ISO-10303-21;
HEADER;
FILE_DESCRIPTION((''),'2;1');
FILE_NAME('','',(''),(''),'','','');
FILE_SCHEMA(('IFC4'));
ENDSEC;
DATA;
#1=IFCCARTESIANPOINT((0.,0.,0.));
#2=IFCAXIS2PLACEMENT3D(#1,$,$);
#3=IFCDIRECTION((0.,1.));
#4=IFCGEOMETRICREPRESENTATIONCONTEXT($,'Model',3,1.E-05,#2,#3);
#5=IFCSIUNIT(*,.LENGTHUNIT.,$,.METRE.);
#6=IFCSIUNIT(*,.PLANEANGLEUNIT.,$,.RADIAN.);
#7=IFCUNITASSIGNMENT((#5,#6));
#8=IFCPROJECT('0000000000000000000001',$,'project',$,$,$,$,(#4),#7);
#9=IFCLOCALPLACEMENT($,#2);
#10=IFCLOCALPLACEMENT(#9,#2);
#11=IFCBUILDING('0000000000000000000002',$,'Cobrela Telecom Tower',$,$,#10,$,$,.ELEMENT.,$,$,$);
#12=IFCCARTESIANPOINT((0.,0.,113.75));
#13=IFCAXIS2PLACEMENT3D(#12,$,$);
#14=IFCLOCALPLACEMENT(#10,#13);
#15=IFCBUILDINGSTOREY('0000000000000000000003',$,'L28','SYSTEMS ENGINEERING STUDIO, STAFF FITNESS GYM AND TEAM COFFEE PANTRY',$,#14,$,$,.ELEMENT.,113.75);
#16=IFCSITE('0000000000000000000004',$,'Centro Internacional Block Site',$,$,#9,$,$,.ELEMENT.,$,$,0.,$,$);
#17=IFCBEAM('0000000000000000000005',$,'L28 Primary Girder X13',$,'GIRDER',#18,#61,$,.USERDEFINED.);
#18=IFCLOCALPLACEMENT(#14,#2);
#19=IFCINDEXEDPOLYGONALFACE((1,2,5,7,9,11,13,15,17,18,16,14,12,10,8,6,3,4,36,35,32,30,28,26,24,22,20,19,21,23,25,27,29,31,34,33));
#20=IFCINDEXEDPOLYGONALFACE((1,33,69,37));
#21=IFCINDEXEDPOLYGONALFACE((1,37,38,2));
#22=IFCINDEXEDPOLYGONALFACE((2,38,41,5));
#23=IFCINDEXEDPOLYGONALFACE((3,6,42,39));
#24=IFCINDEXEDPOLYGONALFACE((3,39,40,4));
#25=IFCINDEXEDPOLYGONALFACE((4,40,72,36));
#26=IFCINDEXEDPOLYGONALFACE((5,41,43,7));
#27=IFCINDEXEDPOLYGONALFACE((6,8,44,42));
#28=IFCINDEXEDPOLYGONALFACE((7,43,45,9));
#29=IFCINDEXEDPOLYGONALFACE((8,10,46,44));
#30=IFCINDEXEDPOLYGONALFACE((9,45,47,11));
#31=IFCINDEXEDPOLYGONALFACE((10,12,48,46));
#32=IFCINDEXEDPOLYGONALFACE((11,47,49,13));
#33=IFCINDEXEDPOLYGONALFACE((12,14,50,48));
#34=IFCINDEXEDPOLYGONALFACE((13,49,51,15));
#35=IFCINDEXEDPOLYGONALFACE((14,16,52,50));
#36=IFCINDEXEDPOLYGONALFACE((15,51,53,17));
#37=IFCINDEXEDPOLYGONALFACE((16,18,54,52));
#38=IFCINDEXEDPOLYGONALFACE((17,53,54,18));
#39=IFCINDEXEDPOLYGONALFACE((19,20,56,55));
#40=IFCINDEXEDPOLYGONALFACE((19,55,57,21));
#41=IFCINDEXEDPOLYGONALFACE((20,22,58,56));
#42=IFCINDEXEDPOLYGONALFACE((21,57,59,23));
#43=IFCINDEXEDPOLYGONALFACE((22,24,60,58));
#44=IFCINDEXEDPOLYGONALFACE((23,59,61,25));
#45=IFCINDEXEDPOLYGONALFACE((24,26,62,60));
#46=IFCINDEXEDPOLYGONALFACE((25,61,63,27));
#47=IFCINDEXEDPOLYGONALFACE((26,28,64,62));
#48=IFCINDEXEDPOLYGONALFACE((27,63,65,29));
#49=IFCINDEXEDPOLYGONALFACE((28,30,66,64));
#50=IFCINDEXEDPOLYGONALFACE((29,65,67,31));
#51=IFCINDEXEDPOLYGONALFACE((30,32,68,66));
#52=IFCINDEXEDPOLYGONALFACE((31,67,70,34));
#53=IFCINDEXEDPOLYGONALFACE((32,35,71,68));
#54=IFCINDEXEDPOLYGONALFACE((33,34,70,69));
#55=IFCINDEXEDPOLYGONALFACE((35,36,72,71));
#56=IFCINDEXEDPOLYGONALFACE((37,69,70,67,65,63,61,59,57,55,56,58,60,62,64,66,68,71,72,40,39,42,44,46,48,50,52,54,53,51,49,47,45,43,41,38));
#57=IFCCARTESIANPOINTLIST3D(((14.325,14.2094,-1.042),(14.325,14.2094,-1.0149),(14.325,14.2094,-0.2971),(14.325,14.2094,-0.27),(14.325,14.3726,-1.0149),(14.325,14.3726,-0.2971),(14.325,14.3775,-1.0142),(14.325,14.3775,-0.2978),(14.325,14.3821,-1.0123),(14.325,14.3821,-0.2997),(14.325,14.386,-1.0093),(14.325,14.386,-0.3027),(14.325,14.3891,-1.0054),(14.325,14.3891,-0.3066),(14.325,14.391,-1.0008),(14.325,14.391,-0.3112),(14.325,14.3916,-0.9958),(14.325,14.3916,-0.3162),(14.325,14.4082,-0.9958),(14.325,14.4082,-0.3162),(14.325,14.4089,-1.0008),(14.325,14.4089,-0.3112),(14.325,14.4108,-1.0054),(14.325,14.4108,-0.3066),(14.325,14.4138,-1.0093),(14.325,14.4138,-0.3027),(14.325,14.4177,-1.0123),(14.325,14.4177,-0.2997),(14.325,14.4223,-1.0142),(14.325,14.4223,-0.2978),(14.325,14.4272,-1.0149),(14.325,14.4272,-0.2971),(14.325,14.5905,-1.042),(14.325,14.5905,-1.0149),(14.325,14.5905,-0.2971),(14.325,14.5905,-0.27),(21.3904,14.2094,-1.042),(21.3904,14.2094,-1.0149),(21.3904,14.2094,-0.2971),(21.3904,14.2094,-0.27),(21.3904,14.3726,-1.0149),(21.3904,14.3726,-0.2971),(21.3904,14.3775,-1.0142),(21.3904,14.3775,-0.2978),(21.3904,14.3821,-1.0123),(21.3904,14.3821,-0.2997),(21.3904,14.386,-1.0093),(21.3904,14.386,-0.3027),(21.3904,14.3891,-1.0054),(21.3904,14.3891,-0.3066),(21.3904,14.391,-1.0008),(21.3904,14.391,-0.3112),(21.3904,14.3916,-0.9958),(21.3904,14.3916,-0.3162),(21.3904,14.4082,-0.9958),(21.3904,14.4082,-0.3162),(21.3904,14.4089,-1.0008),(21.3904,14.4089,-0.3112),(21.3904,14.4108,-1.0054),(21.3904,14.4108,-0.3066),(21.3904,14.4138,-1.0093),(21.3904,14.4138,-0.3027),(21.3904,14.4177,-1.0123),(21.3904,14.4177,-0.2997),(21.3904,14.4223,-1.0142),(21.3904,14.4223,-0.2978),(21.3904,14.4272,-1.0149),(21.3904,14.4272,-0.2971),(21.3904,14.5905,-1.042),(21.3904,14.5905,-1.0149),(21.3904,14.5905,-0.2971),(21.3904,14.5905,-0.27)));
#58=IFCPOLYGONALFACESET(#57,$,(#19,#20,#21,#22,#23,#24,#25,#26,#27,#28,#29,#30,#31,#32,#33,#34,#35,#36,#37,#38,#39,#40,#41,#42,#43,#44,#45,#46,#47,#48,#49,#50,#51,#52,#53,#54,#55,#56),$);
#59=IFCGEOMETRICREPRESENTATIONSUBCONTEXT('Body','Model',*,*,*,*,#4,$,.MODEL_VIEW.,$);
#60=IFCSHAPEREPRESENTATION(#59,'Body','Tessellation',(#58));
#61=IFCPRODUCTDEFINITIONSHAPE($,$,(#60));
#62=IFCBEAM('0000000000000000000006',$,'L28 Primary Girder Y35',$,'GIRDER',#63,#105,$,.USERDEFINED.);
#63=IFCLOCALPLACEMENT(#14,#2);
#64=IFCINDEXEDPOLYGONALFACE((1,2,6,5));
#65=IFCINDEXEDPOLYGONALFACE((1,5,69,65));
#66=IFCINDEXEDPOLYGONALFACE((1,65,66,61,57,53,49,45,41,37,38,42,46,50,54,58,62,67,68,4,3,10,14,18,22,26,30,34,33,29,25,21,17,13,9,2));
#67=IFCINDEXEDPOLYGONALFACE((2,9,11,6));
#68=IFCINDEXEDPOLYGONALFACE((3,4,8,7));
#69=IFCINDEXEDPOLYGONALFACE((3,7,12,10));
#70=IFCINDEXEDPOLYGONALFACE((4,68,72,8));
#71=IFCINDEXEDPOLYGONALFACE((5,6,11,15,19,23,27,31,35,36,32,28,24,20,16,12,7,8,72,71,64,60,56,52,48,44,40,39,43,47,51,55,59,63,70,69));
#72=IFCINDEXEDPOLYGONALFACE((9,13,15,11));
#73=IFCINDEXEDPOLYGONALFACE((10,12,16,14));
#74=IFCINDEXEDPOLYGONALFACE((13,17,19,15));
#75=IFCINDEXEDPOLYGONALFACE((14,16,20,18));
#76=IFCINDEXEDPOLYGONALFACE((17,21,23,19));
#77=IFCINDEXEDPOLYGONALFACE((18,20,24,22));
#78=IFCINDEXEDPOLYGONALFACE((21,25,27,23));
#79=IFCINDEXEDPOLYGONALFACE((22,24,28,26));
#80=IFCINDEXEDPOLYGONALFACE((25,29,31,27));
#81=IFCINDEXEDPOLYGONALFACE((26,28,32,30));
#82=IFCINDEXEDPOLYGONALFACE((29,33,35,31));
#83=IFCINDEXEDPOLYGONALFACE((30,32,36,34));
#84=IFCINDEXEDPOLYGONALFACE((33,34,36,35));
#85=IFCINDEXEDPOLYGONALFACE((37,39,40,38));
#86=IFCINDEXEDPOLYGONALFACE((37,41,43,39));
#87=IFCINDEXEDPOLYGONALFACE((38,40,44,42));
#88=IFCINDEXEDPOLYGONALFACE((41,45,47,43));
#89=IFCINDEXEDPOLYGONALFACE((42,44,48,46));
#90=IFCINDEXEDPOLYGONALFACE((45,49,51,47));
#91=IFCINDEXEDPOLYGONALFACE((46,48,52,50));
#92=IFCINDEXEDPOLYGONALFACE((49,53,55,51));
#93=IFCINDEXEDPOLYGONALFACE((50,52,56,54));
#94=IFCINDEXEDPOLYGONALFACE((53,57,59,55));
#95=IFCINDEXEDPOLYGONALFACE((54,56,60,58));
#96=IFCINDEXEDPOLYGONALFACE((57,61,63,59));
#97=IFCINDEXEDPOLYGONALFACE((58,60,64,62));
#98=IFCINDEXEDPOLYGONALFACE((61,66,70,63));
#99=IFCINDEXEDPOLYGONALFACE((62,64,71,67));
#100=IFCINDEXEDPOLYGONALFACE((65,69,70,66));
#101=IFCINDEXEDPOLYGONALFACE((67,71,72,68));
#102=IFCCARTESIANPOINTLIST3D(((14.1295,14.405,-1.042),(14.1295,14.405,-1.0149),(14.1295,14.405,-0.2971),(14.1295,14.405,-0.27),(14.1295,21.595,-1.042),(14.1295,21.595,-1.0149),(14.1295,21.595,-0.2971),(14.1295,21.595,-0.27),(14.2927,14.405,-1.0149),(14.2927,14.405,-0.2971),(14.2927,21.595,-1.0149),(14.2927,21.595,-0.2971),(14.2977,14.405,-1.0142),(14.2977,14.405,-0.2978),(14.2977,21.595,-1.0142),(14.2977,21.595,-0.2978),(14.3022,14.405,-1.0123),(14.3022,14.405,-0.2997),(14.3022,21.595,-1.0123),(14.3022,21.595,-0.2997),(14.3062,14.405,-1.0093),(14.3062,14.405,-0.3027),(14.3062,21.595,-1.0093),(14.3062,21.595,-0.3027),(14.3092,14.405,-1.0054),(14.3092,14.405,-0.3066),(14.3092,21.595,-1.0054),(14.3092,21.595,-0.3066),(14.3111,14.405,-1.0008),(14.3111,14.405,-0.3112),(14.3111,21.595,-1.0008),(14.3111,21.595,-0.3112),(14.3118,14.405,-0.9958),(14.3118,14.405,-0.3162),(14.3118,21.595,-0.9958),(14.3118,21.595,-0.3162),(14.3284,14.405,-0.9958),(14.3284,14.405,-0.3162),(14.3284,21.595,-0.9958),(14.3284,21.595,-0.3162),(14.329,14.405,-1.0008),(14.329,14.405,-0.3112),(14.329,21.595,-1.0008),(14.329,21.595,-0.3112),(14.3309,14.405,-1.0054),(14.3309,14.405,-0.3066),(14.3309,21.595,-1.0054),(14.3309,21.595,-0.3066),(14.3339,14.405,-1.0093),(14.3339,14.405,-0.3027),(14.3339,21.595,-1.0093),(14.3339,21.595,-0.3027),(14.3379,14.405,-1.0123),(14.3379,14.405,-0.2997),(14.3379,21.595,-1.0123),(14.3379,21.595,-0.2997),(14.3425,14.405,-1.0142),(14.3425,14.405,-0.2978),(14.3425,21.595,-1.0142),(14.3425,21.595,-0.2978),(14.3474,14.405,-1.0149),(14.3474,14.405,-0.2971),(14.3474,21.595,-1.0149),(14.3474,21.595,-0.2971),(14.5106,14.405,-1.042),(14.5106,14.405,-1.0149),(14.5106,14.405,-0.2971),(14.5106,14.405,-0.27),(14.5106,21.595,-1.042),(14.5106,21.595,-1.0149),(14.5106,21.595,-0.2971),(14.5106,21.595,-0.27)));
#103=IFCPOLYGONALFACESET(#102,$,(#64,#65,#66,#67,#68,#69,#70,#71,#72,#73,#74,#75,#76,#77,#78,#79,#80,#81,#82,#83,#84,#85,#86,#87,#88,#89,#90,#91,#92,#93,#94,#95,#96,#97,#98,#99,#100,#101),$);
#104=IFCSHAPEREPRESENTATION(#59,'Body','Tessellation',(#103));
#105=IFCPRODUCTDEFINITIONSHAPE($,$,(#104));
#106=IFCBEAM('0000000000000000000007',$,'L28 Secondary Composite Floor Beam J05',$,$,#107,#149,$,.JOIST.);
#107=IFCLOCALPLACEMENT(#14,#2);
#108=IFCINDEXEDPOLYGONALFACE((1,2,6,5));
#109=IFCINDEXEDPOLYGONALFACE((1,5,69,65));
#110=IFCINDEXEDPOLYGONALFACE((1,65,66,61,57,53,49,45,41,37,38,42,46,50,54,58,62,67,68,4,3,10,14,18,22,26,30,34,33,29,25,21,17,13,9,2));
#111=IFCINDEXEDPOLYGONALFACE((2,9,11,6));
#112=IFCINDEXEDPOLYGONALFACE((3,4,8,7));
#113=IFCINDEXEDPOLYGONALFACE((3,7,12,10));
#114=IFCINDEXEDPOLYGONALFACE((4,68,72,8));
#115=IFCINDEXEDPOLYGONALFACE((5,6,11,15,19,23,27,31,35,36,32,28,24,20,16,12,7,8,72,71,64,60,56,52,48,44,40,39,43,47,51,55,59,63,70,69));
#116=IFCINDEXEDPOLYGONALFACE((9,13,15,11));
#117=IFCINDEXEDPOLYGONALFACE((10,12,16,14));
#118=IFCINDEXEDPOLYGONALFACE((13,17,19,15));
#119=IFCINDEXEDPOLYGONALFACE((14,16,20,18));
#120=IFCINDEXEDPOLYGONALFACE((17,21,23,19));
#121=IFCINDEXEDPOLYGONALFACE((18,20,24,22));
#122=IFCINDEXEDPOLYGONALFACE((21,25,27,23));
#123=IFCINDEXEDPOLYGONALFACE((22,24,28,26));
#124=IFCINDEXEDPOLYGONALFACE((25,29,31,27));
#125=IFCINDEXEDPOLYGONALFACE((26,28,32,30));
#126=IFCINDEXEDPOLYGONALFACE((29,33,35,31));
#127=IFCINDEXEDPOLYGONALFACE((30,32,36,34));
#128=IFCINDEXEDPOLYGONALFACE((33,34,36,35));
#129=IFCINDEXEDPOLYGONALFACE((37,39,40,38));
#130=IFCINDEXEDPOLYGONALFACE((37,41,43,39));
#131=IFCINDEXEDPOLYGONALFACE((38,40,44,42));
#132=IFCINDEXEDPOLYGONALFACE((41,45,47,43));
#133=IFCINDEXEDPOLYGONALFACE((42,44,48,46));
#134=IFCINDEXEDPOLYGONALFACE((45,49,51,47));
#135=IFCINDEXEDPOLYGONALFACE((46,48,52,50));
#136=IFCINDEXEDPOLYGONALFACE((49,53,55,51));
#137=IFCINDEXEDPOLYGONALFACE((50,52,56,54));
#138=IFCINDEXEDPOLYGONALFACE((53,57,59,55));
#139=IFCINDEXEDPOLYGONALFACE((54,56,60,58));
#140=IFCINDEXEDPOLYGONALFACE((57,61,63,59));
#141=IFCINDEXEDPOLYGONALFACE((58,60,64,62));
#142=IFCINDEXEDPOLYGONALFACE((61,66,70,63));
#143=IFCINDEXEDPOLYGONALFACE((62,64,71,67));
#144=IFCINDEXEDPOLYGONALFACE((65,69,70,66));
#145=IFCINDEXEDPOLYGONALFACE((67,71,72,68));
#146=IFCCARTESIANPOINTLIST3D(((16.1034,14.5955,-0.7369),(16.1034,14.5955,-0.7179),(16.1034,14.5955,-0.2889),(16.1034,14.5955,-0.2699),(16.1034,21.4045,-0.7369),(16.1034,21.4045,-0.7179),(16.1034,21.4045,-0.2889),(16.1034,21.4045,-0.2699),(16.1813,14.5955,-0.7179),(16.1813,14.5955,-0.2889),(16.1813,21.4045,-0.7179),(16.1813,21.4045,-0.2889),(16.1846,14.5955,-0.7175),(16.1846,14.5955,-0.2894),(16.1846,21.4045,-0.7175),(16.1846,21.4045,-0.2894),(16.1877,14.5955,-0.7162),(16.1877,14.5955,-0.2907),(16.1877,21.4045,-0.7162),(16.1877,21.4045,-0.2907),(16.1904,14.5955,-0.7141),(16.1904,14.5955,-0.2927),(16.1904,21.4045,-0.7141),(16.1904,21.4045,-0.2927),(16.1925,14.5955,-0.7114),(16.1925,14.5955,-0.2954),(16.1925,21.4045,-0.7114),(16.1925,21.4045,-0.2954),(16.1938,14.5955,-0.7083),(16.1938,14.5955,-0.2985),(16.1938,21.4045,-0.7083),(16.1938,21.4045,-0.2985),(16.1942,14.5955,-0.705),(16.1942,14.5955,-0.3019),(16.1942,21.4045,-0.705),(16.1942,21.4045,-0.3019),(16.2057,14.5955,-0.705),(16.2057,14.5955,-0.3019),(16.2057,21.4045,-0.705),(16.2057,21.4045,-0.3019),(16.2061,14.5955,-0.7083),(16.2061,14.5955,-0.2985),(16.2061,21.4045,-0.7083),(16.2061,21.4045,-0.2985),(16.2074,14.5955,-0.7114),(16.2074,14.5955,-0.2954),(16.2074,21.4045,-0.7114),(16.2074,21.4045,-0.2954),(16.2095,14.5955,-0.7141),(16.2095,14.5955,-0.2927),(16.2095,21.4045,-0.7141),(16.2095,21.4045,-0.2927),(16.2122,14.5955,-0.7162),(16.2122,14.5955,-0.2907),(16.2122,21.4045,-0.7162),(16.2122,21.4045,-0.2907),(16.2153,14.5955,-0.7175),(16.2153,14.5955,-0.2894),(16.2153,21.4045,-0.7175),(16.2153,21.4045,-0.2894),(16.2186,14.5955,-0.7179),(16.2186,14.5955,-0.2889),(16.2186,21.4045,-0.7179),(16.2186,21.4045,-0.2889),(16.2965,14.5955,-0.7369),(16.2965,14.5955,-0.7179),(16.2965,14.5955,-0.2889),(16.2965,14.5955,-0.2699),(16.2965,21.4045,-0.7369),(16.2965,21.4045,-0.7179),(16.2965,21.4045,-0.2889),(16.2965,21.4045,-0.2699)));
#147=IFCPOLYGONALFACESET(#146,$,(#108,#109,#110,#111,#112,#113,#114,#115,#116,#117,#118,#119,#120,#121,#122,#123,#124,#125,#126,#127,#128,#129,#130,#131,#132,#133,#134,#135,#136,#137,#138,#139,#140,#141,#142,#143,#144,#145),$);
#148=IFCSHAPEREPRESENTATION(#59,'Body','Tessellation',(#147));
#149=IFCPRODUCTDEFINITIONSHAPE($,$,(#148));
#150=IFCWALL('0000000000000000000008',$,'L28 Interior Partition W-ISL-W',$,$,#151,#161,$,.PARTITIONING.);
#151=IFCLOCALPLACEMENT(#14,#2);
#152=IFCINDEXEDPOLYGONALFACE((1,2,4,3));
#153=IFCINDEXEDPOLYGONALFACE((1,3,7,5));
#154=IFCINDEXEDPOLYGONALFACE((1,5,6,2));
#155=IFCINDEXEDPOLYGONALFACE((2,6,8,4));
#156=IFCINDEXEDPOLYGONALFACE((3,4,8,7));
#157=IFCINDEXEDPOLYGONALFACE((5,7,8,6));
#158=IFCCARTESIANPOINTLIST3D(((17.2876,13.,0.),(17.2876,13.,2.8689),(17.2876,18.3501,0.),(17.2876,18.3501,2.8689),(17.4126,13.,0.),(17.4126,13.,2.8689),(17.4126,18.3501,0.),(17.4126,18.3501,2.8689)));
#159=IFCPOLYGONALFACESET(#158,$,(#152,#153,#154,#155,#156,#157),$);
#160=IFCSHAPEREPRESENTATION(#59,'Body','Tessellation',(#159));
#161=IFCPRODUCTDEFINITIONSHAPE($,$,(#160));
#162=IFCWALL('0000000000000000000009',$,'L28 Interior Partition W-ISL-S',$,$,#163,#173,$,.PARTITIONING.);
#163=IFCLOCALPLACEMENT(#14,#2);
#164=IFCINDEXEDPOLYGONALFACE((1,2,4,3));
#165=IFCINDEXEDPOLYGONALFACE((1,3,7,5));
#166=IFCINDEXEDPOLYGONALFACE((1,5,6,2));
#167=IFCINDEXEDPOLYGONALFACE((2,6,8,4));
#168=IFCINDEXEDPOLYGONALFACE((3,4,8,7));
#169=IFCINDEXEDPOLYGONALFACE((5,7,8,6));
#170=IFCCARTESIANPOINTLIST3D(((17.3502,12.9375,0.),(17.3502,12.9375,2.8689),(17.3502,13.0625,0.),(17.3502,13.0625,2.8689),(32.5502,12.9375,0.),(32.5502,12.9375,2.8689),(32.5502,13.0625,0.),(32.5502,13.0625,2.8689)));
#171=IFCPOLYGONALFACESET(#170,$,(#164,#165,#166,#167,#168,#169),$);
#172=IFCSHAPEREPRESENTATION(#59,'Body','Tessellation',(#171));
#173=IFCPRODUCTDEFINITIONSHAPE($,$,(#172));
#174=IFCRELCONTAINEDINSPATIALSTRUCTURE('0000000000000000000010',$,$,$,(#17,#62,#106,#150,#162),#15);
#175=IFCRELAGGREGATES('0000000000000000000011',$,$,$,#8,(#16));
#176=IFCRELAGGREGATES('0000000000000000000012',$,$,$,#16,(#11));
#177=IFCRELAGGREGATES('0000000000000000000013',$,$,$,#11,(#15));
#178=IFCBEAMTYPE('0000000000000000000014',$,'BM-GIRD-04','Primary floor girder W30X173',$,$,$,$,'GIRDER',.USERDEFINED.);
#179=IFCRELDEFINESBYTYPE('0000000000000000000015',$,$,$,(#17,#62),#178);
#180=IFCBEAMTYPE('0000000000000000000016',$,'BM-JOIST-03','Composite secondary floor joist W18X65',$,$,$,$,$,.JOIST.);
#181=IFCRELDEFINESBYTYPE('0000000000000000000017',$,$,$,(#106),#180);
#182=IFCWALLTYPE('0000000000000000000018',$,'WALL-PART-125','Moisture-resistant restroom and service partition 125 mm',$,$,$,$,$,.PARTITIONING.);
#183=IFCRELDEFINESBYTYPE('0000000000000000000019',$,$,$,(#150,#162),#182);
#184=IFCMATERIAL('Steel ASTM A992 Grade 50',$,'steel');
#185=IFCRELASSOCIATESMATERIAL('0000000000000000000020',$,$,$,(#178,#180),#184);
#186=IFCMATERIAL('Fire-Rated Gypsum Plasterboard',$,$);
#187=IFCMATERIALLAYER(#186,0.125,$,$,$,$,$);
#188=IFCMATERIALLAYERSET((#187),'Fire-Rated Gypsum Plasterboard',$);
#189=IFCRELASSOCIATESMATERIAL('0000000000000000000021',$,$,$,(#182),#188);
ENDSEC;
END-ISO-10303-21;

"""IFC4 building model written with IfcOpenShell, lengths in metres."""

from ifc_helpers import new_model, si_unit, direction, frame, frame_2d, origin, origin_2d, place, context, subcontext, project, spatial, rectangle, i_section, extrude, material, layer, layer_set, material_profile, profile_set, type_object, element, save


model = new_model("IFC4")

# Units and contexts
model_context = context("Model", 3, precision=1e-05, world=origin(), true_north=direction((0.0, 1.0)))
body_context = subcontext(model_context, "Body", "Model", "MODEL_VIEW")
ifc_project = project(units=[si_unit("LENGTHUNIT", "METRE"), si_unit("PLANEANGLEUNIT", "RADIAN")], contexts=[model_context])

# Site, building, storey
site_placement = place(None, origin())
site = spatial("IfcSite", under=ifc_project, at=site_placement, Name="Centro Internacional Block Site", CompositionType="ELEMENT", RefElevation=0.0)
building_placement = place(site_placement, origin())
building = spatial("IfcBuilding", under=site, at=building_placement, Name="Cobrela Telecom Tower", CompositionType="ELEMENT")
storey_placement = place(building_placement, frame((0.0, 0.0, 113.75)))
storey = spatial("IfcBuildingStorey", under=building, at=storey_placement, Name="L28", Description="SYSTEMS ENGINEERING STUDIO, STAFF FITNESS GYM AND TEAM COFFEE PANTRY", CompositionType="ELEMENT", Elevation=113.75)

# Beams
ifc_material_1 = material(Name="Steel ASTM A992 Grade 50", Category="steel")
ifc_material_profile_1 = material_profile(ifc_material_1, i_section(OverallWidth=0.3811, OverallDepth=0.772, WebThickness=0.0166, FlangeThickness=0.0271, FilletRadius=0.019, at=origin_2d()), Name="W30X173")
ifc_profile_set_1 = profile_set([ifc_material_profile_1], Name="Steel ASTM A992 Grade 50")
beam_type_1 = type_object("IfcBeamType", Name="BM-GIRD-04", Description="Primary floor girder W30X173", ElementType="GIRDER", PredefinedType="USERDEFINED", material=ifc_profile_set_1)
beam_1_placement = place(storey_placement, frame((14.325, 14.3999, -0.656), z_axis=(1.0, 0.0, 0.0), x_axis=(0.0, 1.0, 0.0)))
element("IfcBeam", 1, at=beam_1_placement, inside=storey, type_object=beam_type_1, Name="L28 Primary Girder X13", ObjectType="GIRDER", PredefinedType="USERDEFINED", context=body_context, shape_type="SweptSolid", body=[
    extrude(i_section(OverallWidth=0.3811, OverallDepth=0.772, WebThickness=0.0166, FlangeThickness=0.0271, FilletRadius=0.019, at=origin_2d()), origin(), (0.0, 0.0, 1.0), 7.0654),
])
beam_2_placement = place(storey_placement, frame((14.3201, 14.405, -0.656), z_axis=(0.0, 1.0, 0.0), x_axis=(-1.0, 0.0, 0.0)))
element("IfcBeam", 2, at=beam_2_placement, inside=storey, type_object=beam_type_1, Name="L28 Primary Girder Y35", ObjectType="GIRDER", PredefinedType="USERDEFINED", context=body_context, shape_type="SweptSolid", body=[
    extrude(i_section(OverallWidth=0.3811, OverallDepth=0.772, WebThickness=0.0166, FlangeThickness=0.0271, FilletRadius=0.019, at=origin_2d()), origin(), (0.0, 0.0, 1.0), 7.1899),
])
ifc_material_profile_2 = material_profile(ifc_material_1, i_section(OverallWidth=0.1931, OverallDepth=0.467, WebThickness=0.0115, FlangeThickness=0.019, FilletRadius=0.0129, at=origin_2d()), Name="W18X65")
ifc_profile_set_2 = profile_set([ifc_material_profile_2], Name="Steel ASTM A992 Grade 50")
beam_type_2 = type_object("IfcBeamType", Name="BM-JOIST-03", Description="Composite secondary floor joist W18X65", PredefinedType="JOIST", material=ifc_profile_set_2)
beam_3_placement = place(storey_placement, frame((16.2, 14.5955, -0.5034), z_axis=(0.0, 1.0, 0.0), x_axis=(-1.0, 0.0, 0.0)))
element("IfcBeam", 3, at=beam_3_placement, inside=storey, type_object=beam_type_2, Name="L28 Secondary Composite Floor Beam J05", PredefinedType="JOIST", context=body_context, shape_type="SweptSolid", body=[
    extrude(i_section(OverallWidth=0.1931, OverallDepth=0.467, WebThickness=0.0115, FlangeThickness=0.019, FilletRadius=0.0129, at=origin_2d()), origin(), (0.0, 0.0, 1.0), 6.8091),
])

# Walls
ifc_material_2 = material(Name="Fire-Rated Gypsum Plasterboard")
ifc_layer_1 = layer(ifc_material_2, 0.125)
ifc_layer_set_1 = layer_set([ifc_layer_1], Name="Fire-Rated Gypsum Plasterboard")
wall_type_1 = type_object("IfcWallType", Name="WALL-PART-125", Description="Moisture-resistant restroom and service partition 125 mm", PredefinedType="PARTITIONING", material=ifc_layer_set_1)
wall_1_placement = place(storey_placement, frame((17.3501, 13.0, 0.0), z_axis=(0.0, 0.0, 1.0), x_axis=(0.0, 1.0, 0.0)))
element("IfcWall", 4, at=wall_1_placement, inside=storey, type_object=wall_type_1, Name="L28 Interior Partition W-ISL-W", PredefinedType="PARTITIONING", context=body_context, shape_type="SweptSolid", body=[
    extrude(rectangle(XDim=5.3501, YDim=0.125, at=frame_2d((2.675, 0.0))), origin(), (0.0, 0.0, 1.0), 2.8689),
])
wall_2_placement = place(storey_placement, frame((17.3501, 13.0, 0.0), z_axis=(0.0, 0.0, 1.0), x_axis=(1.0, 0.0, 0.0)))
element("IfcWall", 5, at=wall_2_placement, inside=storey, type_object=wall_type_1, Name="L28 Interior Partition W-ISL-S", PredefinedType="PARTITIONING", context=body_context, shape_type="SweptSolid", body=[
    extrude(rectangle(XDim=15.2, YDim=0.125, at=frame_2d((7.6001, 0.0))), origin(), (0.0, 0.0, 1.0), 2.8689),
])

save(model, "model.ifc")
